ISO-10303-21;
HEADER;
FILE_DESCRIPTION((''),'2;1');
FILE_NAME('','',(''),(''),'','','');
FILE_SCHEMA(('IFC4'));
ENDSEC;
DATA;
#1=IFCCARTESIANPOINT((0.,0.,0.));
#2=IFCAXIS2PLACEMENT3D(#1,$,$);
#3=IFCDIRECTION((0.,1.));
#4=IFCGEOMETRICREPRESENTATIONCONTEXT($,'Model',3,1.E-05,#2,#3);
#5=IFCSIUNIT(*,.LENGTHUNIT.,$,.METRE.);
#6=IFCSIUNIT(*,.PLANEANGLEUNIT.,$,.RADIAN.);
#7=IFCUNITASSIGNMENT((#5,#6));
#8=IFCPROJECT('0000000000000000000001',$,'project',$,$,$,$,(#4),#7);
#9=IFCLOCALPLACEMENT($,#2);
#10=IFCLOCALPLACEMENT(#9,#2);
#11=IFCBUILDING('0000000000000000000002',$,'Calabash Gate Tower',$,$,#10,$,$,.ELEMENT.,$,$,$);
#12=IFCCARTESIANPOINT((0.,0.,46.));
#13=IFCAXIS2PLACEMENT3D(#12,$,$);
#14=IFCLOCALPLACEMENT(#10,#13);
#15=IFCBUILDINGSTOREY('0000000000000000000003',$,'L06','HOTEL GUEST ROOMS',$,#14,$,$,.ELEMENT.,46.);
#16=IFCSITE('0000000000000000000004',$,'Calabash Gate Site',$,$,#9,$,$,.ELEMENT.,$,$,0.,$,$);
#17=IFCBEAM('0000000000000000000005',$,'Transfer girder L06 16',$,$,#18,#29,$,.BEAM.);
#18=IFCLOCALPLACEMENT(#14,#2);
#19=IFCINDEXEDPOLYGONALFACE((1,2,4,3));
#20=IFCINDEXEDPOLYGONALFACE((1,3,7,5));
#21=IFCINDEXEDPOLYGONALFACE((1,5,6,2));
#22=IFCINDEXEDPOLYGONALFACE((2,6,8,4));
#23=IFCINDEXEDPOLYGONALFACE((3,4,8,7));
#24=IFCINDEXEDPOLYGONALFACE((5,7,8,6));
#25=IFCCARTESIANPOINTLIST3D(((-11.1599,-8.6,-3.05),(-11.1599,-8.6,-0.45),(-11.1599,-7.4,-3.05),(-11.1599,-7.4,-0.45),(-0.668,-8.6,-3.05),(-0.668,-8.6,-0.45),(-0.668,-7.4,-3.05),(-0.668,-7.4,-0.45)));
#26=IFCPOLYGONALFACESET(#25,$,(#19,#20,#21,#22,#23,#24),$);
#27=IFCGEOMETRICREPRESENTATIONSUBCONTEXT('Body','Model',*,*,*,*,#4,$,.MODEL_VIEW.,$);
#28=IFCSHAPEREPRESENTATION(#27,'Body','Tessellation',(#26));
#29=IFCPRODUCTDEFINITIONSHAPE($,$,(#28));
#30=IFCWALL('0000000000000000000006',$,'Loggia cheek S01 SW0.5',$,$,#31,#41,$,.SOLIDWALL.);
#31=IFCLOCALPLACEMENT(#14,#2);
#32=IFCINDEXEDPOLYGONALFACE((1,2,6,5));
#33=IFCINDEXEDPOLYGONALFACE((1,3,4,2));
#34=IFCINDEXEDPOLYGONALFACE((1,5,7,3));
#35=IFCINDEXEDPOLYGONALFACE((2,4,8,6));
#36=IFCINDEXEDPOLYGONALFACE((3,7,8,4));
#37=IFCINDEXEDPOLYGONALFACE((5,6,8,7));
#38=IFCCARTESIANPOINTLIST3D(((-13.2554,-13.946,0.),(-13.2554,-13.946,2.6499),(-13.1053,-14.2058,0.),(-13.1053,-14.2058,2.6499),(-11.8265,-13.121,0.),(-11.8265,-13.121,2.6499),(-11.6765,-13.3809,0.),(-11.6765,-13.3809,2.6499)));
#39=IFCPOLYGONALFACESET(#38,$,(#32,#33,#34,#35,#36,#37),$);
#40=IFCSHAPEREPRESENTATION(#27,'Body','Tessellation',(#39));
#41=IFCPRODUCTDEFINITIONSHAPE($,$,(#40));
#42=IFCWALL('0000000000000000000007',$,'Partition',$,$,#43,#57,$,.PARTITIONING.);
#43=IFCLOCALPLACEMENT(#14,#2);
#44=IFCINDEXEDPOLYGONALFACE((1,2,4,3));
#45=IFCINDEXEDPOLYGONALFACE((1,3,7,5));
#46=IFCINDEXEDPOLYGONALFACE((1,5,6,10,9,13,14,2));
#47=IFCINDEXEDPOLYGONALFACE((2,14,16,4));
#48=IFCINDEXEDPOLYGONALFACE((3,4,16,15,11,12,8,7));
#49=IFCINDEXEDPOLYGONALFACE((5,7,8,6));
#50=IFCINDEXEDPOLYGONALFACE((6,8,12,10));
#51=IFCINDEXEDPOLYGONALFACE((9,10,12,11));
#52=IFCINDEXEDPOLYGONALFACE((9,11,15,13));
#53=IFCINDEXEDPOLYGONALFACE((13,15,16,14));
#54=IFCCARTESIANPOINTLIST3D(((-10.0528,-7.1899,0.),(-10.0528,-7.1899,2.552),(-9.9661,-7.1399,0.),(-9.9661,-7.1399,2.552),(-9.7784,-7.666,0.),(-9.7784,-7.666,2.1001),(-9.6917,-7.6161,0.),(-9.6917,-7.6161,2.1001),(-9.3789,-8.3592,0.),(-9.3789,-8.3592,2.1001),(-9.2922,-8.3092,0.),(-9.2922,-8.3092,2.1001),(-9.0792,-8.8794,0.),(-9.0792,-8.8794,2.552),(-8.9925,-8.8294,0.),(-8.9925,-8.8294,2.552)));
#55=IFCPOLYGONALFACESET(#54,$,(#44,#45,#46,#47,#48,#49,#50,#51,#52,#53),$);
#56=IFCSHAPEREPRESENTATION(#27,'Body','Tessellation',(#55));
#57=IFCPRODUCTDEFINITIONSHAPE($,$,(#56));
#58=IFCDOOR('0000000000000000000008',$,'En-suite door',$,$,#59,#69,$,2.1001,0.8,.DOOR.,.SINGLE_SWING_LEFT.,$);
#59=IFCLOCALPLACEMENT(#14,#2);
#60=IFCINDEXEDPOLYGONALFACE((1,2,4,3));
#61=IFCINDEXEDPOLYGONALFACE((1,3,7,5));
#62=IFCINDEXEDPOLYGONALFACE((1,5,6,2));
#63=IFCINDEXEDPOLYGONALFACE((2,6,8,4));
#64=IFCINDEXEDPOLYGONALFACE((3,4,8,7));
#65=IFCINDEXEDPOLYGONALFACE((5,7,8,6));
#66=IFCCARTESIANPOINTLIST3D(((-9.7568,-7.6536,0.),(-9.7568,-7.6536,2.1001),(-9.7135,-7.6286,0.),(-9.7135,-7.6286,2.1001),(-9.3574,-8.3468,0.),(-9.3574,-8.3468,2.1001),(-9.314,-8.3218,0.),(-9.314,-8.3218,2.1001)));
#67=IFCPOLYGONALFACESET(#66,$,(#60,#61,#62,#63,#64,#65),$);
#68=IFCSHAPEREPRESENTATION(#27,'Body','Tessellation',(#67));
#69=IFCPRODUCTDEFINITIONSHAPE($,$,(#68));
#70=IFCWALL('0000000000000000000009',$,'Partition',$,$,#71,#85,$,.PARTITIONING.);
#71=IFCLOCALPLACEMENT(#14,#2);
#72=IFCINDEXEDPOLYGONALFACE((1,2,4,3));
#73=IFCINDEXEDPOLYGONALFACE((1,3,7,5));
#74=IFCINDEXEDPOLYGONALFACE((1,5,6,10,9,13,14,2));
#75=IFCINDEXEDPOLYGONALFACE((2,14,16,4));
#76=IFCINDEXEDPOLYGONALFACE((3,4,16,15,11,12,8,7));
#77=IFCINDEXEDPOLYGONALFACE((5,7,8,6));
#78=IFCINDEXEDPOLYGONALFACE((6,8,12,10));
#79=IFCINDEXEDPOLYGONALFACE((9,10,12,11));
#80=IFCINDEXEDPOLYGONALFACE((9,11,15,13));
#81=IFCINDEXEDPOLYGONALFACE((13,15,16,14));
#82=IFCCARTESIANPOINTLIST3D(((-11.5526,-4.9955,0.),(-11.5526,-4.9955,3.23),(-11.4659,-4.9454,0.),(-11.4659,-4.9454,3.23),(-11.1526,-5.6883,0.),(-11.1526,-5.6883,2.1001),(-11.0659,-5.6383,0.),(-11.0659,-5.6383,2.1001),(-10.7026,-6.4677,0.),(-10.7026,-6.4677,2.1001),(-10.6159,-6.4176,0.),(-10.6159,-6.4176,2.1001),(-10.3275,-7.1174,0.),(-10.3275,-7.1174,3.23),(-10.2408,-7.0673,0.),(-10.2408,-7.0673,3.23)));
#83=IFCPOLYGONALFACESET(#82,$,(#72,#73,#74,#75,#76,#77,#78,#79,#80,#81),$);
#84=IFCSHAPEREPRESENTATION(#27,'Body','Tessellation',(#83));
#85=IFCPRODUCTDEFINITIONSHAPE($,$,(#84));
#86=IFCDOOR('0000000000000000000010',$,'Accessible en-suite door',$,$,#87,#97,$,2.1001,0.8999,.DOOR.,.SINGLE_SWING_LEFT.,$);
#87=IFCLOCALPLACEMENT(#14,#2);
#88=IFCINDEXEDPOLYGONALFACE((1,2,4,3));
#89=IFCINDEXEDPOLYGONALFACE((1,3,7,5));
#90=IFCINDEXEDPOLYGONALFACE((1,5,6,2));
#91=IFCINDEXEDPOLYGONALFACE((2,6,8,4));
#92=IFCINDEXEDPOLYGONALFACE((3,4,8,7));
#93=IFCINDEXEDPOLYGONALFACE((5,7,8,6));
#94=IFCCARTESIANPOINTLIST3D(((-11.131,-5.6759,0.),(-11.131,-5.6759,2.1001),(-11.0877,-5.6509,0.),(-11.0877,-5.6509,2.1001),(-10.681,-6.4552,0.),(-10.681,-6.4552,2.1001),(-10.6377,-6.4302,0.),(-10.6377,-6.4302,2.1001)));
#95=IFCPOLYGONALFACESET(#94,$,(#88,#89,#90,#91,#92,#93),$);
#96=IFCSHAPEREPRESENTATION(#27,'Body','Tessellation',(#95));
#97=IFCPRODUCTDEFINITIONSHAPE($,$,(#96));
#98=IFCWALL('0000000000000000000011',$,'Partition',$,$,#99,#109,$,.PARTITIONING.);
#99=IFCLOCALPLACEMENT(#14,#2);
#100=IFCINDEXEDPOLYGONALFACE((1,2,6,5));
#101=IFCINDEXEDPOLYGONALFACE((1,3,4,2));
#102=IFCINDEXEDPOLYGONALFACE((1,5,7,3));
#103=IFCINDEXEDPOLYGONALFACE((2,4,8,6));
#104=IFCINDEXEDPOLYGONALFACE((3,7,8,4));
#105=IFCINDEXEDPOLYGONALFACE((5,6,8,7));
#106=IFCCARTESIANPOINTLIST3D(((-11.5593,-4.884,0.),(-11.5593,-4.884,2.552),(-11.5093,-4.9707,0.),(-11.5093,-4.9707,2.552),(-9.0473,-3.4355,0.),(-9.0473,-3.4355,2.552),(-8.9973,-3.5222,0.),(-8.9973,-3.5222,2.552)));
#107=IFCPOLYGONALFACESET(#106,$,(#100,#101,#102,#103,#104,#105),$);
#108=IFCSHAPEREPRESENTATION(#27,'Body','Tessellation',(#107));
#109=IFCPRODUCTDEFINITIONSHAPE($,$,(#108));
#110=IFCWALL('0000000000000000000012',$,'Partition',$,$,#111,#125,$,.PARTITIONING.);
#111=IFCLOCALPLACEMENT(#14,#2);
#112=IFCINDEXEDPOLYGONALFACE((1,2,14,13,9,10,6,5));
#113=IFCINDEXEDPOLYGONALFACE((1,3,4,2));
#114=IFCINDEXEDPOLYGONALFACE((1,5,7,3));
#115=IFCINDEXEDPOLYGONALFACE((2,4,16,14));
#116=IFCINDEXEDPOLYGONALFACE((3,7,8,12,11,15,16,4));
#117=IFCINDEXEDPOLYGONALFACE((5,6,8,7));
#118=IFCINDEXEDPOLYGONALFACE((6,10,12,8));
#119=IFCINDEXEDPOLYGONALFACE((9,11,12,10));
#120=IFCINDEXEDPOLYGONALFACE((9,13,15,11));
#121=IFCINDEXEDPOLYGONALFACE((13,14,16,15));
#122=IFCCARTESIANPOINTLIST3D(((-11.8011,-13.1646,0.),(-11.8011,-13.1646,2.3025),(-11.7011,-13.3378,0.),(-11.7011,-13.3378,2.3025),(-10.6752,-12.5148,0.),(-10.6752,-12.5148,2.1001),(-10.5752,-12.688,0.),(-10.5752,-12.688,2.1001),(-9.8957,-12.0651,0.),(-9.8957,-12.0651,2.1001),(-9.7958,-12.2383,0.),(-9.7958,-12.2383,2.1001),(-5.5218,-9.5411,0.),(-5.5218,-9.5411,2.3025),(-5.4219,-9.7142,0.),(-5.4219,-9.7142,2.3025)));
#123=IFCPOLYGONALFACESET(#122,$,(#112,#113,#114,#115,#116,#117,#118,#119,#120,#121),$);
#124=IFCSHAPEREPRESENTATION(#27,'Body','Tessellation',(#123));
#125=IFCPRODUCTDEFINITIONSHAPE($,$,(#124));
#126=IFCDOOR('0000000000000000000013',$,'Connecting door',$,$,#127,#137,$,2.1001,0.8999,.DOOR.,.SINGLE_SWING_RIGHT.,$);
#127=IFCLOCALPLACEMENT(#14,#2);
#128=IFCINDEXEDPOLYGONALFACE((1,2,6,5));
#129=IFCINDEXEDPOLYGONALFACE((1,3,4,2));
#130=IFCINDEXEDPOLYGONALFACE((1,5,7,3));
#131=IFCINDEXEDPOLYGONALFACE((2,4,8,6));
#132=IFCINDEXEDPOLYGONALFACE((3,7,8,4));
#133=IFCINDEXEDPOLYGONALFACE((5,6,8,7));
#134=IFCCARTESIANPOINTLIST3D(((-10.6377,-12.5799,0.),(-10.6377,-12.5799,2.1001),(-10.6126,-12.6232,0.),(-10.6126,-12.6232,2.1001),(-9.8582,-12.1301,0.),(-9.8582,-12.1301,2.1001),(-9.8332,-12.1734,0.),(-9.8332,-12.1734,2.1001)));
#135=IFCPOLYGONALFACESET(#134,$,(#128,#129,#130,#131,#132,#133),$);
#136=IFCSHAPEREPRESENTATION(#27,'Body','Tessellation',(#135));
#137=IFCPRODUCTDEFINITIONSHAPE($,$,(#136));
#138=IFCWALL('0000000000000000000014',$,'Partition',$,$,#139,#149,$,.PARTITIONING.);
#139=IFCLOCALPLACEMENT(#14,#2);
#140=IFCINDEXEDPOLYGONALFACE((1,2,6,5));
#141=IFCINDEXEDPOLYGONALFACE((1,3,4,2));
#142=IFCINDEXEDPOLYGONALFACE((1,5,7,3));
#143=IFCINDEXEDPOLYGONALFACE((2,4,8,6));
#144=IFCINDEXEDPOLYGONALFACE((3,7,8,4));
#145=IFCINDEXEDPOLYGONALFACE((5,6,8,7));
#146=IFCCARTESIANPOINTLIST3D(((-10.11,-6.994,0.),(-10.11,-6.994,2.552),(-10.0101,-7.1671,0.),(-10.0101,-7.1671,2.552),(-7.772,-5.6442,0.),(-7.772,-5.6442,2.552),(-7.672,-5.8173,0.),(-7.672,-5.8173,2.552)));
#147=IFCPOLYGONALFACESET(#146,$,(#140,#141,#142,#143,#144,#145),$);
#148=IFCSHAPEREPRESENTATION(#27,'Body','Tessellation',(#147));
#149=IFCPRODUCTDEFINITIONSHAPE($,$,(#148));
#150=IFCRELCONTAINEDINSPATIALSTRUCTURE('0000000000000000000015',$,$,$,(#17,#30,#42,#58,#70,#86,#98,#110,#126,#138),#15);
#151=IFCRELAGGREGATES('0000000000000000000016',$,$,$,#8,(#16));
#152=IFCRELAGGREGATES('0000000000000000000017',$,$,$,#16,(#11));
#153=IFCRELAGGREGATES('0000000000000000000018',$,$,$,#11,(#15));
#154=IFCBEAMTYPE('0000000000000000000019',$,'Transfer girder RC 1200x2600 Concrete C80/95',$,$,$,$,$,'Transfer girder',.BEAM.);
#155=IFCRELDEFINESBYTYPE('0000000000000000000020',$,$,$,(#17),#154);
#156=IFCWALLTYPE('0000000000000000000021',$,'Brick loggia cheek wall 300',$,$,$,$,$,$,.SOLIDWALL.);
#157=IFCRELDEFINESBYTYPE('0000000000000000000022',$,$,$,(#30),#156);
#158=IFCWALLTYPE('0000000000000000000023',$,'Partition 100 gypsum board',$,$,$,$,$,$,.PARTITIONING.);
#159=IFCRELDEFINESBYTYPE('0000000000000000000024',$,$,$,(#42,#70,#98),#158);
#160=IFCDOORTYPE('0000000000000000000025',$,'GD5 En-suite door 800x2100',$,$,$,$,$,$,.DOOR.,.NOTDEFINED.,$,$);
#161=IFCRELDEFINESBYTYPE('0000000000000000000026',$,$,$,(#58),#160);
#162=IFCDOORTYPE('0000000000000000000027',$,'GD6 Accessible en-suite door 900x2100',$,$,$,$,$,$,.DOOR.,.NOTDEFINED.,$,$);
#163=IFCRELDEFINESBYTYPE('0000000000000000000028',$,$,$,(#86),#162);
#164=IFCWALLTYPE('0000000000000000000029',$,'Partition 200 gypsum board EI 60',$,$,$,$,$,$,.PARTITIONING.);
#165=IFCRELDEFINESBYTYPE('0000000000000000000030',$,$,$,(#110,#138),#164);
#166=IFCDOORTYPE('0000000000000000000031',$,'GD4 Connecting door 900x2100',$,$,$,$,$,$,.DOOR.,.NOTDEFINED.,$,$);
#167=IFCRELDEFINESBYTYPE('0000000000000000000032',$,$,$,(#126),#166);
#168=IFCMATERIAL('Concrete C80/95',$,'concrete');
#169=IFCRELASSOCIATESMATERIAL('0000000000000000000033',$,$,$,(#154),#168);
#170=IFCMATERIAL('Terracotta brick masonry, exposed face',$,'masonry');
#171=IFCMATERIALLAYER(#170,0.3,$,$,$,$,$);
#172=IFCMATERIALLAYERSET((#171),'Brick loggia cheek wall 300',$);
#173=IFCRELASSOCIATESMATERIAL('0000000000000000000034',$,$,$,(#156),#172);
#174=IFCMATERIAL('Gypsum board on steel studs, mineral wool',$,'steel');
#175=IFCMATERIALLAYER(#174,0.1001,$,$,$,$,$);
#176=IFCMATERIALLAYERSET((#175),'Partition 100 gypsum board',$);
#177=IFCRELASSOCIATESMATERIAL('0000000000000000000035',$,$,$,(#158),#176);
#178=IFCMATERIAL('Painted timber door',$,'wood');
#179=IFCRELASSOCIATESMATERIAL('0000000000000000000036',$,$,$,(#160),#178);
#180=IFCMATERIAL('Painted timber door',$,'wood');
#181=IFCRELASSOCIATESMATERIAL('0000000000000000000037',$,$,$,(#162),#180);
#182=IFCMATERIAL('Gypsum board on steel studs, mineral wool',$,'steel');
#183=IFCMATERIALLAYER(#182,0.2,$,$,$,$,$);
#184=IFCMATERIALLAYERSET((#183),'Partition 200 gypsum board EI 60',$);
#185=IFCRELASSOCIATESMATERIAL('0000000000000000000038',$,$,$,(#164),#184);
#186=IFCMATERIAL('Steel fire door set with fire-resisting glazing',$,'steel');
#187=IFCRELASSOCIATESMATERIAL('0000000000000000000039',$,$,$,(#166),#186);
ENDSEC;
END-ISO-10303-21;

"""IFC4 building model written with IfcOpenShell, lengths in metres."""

from ifc_helpers import new_model, si_unit, direction, frame, frame_2d, origin, origin_2d, place, context, subcontext, project, spatial, rectangle, extrude, material, layer, layer_set, material_profile, profile_set, type_object, element, fill, save


model = new_model("IFC4")

# Units and contexts
model_context = context("Model", 3, precision=1e-05, world=origin(), true_north=direction((0.0, 1.0)))
body_context = subcontext(model_context, "Body", "Model", "MODEL_VIEW")
ifc_project = project(units=[si_unit("LENGTHUNIT", "METRE"), si_unit("PLANEANGLEUNIT", "RADIAN")], contexts=[model_context])

# Site, building, storey
site_placement = place(None, origin())
site = spatial("IfcSite", under=ifc_project, at=site_placement, Name="Calabash Gate Site", CompositionType="ELEMENT", RefElevation=0.0)
building_placement = place(site_placement, origin())
building = spatial("IfcBuilding", under=site, at=building_placement, Name="Calabash Gate Tower", CompositionType="ELEMENT")
storey_placement = place(building_placement, frame((0.0, 0.0, 46.0)))
storey = spatial("IfcBuildingStorey", under=building, at=storey_placement, Name="L06", Description="HOTEL GUEST ROOMS", CompositionType="ELEMENT", Elevation=46.0)

# Beam
ifc_material_1 = material(Name="Concrete C80/95", Category="concrete")
ifc_material_profile_1 = material_profile(ifc_material_1, rectangle(XDim=1.2, YDim=2.6001, at=origin_2d()))
ifc_profile_set_1 = profile_set([ifc_material_profile_1], Name="Concrete C80/95")
beam_type_1 = type_object("IfcBeamType", Name="Transfer girder RC 1200x2600 Concrete C80/95", ElementType="Transfer girder", PredefinedType="BEAM", material=ifc_profile_set_1)
beam_1_placement = place(storey_placement, frame((-11.1599, -8.0, -1.75), z_axis=(1.0, 0.0, 0.0), x_axis=(0.0, 1.0, 0.0)))
element("IfcBeam", 1, at=beam_1_placement, inside=storey, type_object=beam_type_1, Name="Transfer girder L06 16", PredefinedType="BEAM", context=body_context, shape_type="SweptSolid", body=[
    extrude(rectangle(XDim=1.2, YDim=2.6001, at=origin_2d()), origin(), (0.0, 0.0, 1.0), 10.4919),
])

# Wall
ifc_material_2 = material(Name="Terracotta brick masonry, exposed face", Category="masonry")
ifc_layer_1 = layer(ifc_material_2, 0.3)
ifc_layer_set_1 = layer_set([ifc_layer_1], Name="Brick loggia cheek wall 300")
wall_type_1 = type_object("IfcWallType", Name="Brick loggia cheek wall 300", PredefinedType="SOLIDWALL", material=ifc_layer_set_1)
wall_1_placement = place(storey_placement, frame((-11.7515, -13.251, 0.0), z_axis=(0.0, 0.0, 1.0), x_axis=(-0.86604, -0.499974, 0.0)))
element("IfcWall", 2, at=wall_1_placement, inside=storey, type_object=wall_type_1, Name="Loggia cheek S01 SW0.5", PredefinedType="SOLIDWALL", context=body_context, shape_type="SweptSolid", body=[
    extrude(rectangle(XDim=1.6499, YDim=0.3, at=frame_2d((0.825, 0.0))), origin(), (0.0, 0.0, 1.0), 2.6499),
])

# Walls, openings, doors
ifc_material_3 = material(Name="Gypsum board on steel studs, mineral wool", Category="steel")
ifc_layer_2 = layer(ifc_material_3, 0.1001)
ifc_layer_set_2 = layer_set([ifc_layer_2], Name="Partition 100 gypsum board")
wall_type_2 = type_object("IfcWallType", Name="Partition 100 gypsum board", PredefinedType="PARTITIONING", material=ifc_layer_set_2)
wall_2_placement = place(storey_placement, frame((-10.0095, -7.1648, 0.0), z_axis=(0.0, 0.0, 1.0), x_axis=(0.499318, -0.866419, 0.0)))
wall_2 = element("IfcWall", 3, at=wall_2_placement, inside=storey, type_object=wall_type_2, Name="Partition", PredefinedType="PARTITIONING", context=body_context, shape_type="SweptSolid", body=[
    extrude(rectangle(XDim=1.95, YDim=0.1001, at=frame_2d((0.9751, 0.0))), origin(), (0.0, 0.0, 1.0), 2.552),
])
opening_1_placement = place(wall_2_placement, frame((0.5498, 0.0, 0.0)))
opening_1 = element("IfcOpeningElement", 4, at=opening_1_placement, cuts=wall_2, PredefinedType="OPENING", context=body_context, shape_type="SweptSolid", body=[
    extrude(rectangle(XDim=0.8, YDim=2.1001, at=frame_2d((0.3999, 1.05))), frame((0.0, 0.0601, 0.0), z_axis=(0.0, -1.0, 0.0), x_axis=(1.0, 0.0, 0.0)), (0.0, 0.0, 1.0), 0.1201),
])
ifc_material_4 = material(Name="Painted timber door", Category="wood")
door_type_1 = type_object("IfcDoorType", Name="GD5 En-suite door 800x2100", OperationType="NOTDEFINED", PredefinedType="DOOR", material=ifc_material_4)
door_1_placement = place(opening_1_placement, origin())
door_1 = element("IfcDoor", 5, at=door_1_placement, inside=storey, type_object=door_type_1, Name="En-suite door", OperationType="SINGLE_SWING_LEFT", OverallHeight=2.1001, OverallWidth=0.8, PredefinedType="DOOR", context=body_context, shape_type="SweptSolid", body=[
    extrude(rectangle(XDim=0.8, YDim=2.1001, at=frame_2d((0.3999, 1.05))), frame((0.0, 0.0249, 0.0), z_axis=(0.0, -1.0, 0.0), x_axis=(1.0, 0.0, 0.0)), (0.0, 0.0, 1.0), 0.05),
])
fill(opening_1, door_1)
wall_3_placement = place(storey_placement, frame((-11.5093, -4.9705, 0.0), z_axis=(0.0, 0.0, 1.0), x_axis=(0.500019, -0.866015, 0.0)))
wall_3 = element("IfcWall", 6, at=wall_3_placement, inside=storey, type_object=wall_type_2, Name="Partition", PredefinedType="PARTITIONING", context=body_context, shape_type="SweptSolid", body=[
    extrude(rectangle(XDim=2.4502, YDim=0.1001, at=frame_2d((1.2251, 0.0))), origin(), (0.0, 0.0, 1.0), 3.23),
])
opening_2_placement = place(wall_3_placement, frame((0.8, 0.0, 0.0)))
opening_2 = element("IfcOpeningElement", 7, at=opening_2_placement, cuts=wall_3, PredefinedType="OPENING", context=body_context, shape_type="SweptSolid", body=[
    extrude(rectangle(XDim=0.8999, YDim=2.1001, at=frame_2d((0.45, 1.05))), frame((0.0, 0.0601, 0.0), z_axis=(0.0, -1.0, 0.0), x_axis=(1.0, 0.0, 0.0)), (0.0, 0.0, 1.0), 0.1201),
])
ifc_material_5 = material(Name="Painted timber door", Category="wood")
door_type_2 = type_object("IfcDoorType", Name="GD6 Accessible en-suite door 900x2100", OperationType="NOTDEFINED", PredefinedType="DOOR", material=ifc_material_5)
door_2_placement = place(opening_2_placement, origin())
door_2 = element("IfcDoor", 8, at=door_2_placement, inside=storey, type_object=door_type_2, Name="Accessible en-suite door", OperationType="SINGLE_SWING_LEFT", OverallHeight=2.1001, OverallWidth=0.8999, PredefinedType="DOOR", context=body_context, shape_type="SweptSolid", body=[
    extrude(rectangle(XDim=0.8999, YDim=2.1001, at=frame_2d((0.45, 1.05))), frame((0.0, 0.0249, 0.0), z_axis=(0.0, -1.0, 0.0), x_axis=(1.0, 0.0, 0.0)), (0.0, 0.0, 1.0), 0.05),
])
fill(opening_2, door_2)

# Wall
wall_4_placement = place(storey_placement, frame((-11.5342, -4.9272, 0.0), z_axis=(0.0, 0.0, 1.0), x_axis=(0.866293, 0.499535, 0.0)))
element("IfcWall", 9, at=wall_4_placement, inside=storey, type_object=wall_type_2, Name="Partition", PredefinedType="PARTITIONING", context=body_context, shape_type="SweptSolid", body=[
    extrude(rectangle(XDim=2.8997, YDim=0.1001, at=frame_2d((1.4497, 0.0))), origin(), (0.0, 0.0, 1.0), 2.552),
])

# Wall, opening, door
ifc_material_6 = material(Name="Gypsum board on steel studs, mineral wool", Category="steel")
ifc_layer_3 = layer(ifc_material_6, 0.2)
ifc_layer_set_3 = layer_set([ifc_layer_3], Name="Partition 200 gypsum board EI 60")
wall_type_3 = type_object("IfcWallType", Name="Partition 200 gypsum board EI 60", PredefinedType="PARTITIONING", material=ifc_layer_set_3)
wall_5_placement = place(storey_placement, frame((-11.7512, -13.2512, 0.0), z_axis=(0.0, 0.0, 1.0), x_axis=(0.866134, 0.499812, 0.0)))
wall_5 = element("IfcWall", 10, at=wall_5_placement, inside=storey, type_object=wall_type_3, Name="Partition", PredefinedType="PARTITIONING", context=body_context, shape_type="SweptSolid", body=[
    extrude(rectangle(XDim=7.2498, YDim=0.2, at=frame_2d((3.625, 0.0))), origin(), (0.0, 0.0, 1.0), 2.3025),
])
opening_3_placement = place(wall_5_placement, frame((1.3, 0.0, 0.0)))
opening_3 = element("IfcOpeningElement", 11, at=opening_3_placement, cuts=wall_5, PredefinedType="OPENING", context=body_context, shape_type="SweptSolid", body=[
    extrude(rectangle(XDim=0.8999, YDim=2.1001, at=frame_2d((0.45, 1.05))), frame((0.0, 0.1099, 0.0), z_axis=(0.0, -1.0, 0.0), x_axis=(1.0, 0.0, 0.0)), (0.0, 0.0, 1.0), 0.22),
])
ifc_material_7 = material(Name="Steel fire door set with fire-resisting glazing", Category="steel")
door_type_3 = type_object("IfcDoorType", Name="GD4 Connecting door 900x2100", OperationType="NOTDEFINED", PredefinedType="DOOR", material=ifc_material_7)
door_3_placement = place(opening_3_placement, origin())
door_3 = element("IfcDoor", 12, at=door_3_placement, inside=storey, type_object=door_type_3, Name="Connecting door", OperationType="SINGLE_SWING_RIGHT", OverallHeight=2.1001, OverallWidth=0.8999, PredefinedType="DOOR", context=body_context, shape_type="SweptSolid", body=[
    extrude(rectangle(XDim=0.8999, YDim=2.1001, at=frame_2d((0.45, 1.05))), frame((0.0, 0.0249, 0.0), z_axis=(0.0, -1.0, 0.0), x_axis=(1.0, 0.0, 0.0)), (0.0, 0.0, 1.0), 0.05),
])
fill(opening_3, door_3)

# Wall
wall_6_placement = place(storey_placement, frame((-10.0601, -7.0806, 0.0), z_axis=(0.0, 0.0, 1.0), x_axis=(0.866037, 0.499981, 0.0)))
element("IfcWall", 13, at=wall_6_placement, inside=storey, type_object=wall_type_3, Name="Partition", PredefinedType="PARTITIONING", context=body_context, shape_type="SweptSolid", body=[
    extrude(rectangle(XDim=2.6997, YDim=0.2, at=frame_2d((1.3499, 0.0))), origin(), (0.0, 0.0, 1.0), 2.552),
])

save(model, "model.ifc")
